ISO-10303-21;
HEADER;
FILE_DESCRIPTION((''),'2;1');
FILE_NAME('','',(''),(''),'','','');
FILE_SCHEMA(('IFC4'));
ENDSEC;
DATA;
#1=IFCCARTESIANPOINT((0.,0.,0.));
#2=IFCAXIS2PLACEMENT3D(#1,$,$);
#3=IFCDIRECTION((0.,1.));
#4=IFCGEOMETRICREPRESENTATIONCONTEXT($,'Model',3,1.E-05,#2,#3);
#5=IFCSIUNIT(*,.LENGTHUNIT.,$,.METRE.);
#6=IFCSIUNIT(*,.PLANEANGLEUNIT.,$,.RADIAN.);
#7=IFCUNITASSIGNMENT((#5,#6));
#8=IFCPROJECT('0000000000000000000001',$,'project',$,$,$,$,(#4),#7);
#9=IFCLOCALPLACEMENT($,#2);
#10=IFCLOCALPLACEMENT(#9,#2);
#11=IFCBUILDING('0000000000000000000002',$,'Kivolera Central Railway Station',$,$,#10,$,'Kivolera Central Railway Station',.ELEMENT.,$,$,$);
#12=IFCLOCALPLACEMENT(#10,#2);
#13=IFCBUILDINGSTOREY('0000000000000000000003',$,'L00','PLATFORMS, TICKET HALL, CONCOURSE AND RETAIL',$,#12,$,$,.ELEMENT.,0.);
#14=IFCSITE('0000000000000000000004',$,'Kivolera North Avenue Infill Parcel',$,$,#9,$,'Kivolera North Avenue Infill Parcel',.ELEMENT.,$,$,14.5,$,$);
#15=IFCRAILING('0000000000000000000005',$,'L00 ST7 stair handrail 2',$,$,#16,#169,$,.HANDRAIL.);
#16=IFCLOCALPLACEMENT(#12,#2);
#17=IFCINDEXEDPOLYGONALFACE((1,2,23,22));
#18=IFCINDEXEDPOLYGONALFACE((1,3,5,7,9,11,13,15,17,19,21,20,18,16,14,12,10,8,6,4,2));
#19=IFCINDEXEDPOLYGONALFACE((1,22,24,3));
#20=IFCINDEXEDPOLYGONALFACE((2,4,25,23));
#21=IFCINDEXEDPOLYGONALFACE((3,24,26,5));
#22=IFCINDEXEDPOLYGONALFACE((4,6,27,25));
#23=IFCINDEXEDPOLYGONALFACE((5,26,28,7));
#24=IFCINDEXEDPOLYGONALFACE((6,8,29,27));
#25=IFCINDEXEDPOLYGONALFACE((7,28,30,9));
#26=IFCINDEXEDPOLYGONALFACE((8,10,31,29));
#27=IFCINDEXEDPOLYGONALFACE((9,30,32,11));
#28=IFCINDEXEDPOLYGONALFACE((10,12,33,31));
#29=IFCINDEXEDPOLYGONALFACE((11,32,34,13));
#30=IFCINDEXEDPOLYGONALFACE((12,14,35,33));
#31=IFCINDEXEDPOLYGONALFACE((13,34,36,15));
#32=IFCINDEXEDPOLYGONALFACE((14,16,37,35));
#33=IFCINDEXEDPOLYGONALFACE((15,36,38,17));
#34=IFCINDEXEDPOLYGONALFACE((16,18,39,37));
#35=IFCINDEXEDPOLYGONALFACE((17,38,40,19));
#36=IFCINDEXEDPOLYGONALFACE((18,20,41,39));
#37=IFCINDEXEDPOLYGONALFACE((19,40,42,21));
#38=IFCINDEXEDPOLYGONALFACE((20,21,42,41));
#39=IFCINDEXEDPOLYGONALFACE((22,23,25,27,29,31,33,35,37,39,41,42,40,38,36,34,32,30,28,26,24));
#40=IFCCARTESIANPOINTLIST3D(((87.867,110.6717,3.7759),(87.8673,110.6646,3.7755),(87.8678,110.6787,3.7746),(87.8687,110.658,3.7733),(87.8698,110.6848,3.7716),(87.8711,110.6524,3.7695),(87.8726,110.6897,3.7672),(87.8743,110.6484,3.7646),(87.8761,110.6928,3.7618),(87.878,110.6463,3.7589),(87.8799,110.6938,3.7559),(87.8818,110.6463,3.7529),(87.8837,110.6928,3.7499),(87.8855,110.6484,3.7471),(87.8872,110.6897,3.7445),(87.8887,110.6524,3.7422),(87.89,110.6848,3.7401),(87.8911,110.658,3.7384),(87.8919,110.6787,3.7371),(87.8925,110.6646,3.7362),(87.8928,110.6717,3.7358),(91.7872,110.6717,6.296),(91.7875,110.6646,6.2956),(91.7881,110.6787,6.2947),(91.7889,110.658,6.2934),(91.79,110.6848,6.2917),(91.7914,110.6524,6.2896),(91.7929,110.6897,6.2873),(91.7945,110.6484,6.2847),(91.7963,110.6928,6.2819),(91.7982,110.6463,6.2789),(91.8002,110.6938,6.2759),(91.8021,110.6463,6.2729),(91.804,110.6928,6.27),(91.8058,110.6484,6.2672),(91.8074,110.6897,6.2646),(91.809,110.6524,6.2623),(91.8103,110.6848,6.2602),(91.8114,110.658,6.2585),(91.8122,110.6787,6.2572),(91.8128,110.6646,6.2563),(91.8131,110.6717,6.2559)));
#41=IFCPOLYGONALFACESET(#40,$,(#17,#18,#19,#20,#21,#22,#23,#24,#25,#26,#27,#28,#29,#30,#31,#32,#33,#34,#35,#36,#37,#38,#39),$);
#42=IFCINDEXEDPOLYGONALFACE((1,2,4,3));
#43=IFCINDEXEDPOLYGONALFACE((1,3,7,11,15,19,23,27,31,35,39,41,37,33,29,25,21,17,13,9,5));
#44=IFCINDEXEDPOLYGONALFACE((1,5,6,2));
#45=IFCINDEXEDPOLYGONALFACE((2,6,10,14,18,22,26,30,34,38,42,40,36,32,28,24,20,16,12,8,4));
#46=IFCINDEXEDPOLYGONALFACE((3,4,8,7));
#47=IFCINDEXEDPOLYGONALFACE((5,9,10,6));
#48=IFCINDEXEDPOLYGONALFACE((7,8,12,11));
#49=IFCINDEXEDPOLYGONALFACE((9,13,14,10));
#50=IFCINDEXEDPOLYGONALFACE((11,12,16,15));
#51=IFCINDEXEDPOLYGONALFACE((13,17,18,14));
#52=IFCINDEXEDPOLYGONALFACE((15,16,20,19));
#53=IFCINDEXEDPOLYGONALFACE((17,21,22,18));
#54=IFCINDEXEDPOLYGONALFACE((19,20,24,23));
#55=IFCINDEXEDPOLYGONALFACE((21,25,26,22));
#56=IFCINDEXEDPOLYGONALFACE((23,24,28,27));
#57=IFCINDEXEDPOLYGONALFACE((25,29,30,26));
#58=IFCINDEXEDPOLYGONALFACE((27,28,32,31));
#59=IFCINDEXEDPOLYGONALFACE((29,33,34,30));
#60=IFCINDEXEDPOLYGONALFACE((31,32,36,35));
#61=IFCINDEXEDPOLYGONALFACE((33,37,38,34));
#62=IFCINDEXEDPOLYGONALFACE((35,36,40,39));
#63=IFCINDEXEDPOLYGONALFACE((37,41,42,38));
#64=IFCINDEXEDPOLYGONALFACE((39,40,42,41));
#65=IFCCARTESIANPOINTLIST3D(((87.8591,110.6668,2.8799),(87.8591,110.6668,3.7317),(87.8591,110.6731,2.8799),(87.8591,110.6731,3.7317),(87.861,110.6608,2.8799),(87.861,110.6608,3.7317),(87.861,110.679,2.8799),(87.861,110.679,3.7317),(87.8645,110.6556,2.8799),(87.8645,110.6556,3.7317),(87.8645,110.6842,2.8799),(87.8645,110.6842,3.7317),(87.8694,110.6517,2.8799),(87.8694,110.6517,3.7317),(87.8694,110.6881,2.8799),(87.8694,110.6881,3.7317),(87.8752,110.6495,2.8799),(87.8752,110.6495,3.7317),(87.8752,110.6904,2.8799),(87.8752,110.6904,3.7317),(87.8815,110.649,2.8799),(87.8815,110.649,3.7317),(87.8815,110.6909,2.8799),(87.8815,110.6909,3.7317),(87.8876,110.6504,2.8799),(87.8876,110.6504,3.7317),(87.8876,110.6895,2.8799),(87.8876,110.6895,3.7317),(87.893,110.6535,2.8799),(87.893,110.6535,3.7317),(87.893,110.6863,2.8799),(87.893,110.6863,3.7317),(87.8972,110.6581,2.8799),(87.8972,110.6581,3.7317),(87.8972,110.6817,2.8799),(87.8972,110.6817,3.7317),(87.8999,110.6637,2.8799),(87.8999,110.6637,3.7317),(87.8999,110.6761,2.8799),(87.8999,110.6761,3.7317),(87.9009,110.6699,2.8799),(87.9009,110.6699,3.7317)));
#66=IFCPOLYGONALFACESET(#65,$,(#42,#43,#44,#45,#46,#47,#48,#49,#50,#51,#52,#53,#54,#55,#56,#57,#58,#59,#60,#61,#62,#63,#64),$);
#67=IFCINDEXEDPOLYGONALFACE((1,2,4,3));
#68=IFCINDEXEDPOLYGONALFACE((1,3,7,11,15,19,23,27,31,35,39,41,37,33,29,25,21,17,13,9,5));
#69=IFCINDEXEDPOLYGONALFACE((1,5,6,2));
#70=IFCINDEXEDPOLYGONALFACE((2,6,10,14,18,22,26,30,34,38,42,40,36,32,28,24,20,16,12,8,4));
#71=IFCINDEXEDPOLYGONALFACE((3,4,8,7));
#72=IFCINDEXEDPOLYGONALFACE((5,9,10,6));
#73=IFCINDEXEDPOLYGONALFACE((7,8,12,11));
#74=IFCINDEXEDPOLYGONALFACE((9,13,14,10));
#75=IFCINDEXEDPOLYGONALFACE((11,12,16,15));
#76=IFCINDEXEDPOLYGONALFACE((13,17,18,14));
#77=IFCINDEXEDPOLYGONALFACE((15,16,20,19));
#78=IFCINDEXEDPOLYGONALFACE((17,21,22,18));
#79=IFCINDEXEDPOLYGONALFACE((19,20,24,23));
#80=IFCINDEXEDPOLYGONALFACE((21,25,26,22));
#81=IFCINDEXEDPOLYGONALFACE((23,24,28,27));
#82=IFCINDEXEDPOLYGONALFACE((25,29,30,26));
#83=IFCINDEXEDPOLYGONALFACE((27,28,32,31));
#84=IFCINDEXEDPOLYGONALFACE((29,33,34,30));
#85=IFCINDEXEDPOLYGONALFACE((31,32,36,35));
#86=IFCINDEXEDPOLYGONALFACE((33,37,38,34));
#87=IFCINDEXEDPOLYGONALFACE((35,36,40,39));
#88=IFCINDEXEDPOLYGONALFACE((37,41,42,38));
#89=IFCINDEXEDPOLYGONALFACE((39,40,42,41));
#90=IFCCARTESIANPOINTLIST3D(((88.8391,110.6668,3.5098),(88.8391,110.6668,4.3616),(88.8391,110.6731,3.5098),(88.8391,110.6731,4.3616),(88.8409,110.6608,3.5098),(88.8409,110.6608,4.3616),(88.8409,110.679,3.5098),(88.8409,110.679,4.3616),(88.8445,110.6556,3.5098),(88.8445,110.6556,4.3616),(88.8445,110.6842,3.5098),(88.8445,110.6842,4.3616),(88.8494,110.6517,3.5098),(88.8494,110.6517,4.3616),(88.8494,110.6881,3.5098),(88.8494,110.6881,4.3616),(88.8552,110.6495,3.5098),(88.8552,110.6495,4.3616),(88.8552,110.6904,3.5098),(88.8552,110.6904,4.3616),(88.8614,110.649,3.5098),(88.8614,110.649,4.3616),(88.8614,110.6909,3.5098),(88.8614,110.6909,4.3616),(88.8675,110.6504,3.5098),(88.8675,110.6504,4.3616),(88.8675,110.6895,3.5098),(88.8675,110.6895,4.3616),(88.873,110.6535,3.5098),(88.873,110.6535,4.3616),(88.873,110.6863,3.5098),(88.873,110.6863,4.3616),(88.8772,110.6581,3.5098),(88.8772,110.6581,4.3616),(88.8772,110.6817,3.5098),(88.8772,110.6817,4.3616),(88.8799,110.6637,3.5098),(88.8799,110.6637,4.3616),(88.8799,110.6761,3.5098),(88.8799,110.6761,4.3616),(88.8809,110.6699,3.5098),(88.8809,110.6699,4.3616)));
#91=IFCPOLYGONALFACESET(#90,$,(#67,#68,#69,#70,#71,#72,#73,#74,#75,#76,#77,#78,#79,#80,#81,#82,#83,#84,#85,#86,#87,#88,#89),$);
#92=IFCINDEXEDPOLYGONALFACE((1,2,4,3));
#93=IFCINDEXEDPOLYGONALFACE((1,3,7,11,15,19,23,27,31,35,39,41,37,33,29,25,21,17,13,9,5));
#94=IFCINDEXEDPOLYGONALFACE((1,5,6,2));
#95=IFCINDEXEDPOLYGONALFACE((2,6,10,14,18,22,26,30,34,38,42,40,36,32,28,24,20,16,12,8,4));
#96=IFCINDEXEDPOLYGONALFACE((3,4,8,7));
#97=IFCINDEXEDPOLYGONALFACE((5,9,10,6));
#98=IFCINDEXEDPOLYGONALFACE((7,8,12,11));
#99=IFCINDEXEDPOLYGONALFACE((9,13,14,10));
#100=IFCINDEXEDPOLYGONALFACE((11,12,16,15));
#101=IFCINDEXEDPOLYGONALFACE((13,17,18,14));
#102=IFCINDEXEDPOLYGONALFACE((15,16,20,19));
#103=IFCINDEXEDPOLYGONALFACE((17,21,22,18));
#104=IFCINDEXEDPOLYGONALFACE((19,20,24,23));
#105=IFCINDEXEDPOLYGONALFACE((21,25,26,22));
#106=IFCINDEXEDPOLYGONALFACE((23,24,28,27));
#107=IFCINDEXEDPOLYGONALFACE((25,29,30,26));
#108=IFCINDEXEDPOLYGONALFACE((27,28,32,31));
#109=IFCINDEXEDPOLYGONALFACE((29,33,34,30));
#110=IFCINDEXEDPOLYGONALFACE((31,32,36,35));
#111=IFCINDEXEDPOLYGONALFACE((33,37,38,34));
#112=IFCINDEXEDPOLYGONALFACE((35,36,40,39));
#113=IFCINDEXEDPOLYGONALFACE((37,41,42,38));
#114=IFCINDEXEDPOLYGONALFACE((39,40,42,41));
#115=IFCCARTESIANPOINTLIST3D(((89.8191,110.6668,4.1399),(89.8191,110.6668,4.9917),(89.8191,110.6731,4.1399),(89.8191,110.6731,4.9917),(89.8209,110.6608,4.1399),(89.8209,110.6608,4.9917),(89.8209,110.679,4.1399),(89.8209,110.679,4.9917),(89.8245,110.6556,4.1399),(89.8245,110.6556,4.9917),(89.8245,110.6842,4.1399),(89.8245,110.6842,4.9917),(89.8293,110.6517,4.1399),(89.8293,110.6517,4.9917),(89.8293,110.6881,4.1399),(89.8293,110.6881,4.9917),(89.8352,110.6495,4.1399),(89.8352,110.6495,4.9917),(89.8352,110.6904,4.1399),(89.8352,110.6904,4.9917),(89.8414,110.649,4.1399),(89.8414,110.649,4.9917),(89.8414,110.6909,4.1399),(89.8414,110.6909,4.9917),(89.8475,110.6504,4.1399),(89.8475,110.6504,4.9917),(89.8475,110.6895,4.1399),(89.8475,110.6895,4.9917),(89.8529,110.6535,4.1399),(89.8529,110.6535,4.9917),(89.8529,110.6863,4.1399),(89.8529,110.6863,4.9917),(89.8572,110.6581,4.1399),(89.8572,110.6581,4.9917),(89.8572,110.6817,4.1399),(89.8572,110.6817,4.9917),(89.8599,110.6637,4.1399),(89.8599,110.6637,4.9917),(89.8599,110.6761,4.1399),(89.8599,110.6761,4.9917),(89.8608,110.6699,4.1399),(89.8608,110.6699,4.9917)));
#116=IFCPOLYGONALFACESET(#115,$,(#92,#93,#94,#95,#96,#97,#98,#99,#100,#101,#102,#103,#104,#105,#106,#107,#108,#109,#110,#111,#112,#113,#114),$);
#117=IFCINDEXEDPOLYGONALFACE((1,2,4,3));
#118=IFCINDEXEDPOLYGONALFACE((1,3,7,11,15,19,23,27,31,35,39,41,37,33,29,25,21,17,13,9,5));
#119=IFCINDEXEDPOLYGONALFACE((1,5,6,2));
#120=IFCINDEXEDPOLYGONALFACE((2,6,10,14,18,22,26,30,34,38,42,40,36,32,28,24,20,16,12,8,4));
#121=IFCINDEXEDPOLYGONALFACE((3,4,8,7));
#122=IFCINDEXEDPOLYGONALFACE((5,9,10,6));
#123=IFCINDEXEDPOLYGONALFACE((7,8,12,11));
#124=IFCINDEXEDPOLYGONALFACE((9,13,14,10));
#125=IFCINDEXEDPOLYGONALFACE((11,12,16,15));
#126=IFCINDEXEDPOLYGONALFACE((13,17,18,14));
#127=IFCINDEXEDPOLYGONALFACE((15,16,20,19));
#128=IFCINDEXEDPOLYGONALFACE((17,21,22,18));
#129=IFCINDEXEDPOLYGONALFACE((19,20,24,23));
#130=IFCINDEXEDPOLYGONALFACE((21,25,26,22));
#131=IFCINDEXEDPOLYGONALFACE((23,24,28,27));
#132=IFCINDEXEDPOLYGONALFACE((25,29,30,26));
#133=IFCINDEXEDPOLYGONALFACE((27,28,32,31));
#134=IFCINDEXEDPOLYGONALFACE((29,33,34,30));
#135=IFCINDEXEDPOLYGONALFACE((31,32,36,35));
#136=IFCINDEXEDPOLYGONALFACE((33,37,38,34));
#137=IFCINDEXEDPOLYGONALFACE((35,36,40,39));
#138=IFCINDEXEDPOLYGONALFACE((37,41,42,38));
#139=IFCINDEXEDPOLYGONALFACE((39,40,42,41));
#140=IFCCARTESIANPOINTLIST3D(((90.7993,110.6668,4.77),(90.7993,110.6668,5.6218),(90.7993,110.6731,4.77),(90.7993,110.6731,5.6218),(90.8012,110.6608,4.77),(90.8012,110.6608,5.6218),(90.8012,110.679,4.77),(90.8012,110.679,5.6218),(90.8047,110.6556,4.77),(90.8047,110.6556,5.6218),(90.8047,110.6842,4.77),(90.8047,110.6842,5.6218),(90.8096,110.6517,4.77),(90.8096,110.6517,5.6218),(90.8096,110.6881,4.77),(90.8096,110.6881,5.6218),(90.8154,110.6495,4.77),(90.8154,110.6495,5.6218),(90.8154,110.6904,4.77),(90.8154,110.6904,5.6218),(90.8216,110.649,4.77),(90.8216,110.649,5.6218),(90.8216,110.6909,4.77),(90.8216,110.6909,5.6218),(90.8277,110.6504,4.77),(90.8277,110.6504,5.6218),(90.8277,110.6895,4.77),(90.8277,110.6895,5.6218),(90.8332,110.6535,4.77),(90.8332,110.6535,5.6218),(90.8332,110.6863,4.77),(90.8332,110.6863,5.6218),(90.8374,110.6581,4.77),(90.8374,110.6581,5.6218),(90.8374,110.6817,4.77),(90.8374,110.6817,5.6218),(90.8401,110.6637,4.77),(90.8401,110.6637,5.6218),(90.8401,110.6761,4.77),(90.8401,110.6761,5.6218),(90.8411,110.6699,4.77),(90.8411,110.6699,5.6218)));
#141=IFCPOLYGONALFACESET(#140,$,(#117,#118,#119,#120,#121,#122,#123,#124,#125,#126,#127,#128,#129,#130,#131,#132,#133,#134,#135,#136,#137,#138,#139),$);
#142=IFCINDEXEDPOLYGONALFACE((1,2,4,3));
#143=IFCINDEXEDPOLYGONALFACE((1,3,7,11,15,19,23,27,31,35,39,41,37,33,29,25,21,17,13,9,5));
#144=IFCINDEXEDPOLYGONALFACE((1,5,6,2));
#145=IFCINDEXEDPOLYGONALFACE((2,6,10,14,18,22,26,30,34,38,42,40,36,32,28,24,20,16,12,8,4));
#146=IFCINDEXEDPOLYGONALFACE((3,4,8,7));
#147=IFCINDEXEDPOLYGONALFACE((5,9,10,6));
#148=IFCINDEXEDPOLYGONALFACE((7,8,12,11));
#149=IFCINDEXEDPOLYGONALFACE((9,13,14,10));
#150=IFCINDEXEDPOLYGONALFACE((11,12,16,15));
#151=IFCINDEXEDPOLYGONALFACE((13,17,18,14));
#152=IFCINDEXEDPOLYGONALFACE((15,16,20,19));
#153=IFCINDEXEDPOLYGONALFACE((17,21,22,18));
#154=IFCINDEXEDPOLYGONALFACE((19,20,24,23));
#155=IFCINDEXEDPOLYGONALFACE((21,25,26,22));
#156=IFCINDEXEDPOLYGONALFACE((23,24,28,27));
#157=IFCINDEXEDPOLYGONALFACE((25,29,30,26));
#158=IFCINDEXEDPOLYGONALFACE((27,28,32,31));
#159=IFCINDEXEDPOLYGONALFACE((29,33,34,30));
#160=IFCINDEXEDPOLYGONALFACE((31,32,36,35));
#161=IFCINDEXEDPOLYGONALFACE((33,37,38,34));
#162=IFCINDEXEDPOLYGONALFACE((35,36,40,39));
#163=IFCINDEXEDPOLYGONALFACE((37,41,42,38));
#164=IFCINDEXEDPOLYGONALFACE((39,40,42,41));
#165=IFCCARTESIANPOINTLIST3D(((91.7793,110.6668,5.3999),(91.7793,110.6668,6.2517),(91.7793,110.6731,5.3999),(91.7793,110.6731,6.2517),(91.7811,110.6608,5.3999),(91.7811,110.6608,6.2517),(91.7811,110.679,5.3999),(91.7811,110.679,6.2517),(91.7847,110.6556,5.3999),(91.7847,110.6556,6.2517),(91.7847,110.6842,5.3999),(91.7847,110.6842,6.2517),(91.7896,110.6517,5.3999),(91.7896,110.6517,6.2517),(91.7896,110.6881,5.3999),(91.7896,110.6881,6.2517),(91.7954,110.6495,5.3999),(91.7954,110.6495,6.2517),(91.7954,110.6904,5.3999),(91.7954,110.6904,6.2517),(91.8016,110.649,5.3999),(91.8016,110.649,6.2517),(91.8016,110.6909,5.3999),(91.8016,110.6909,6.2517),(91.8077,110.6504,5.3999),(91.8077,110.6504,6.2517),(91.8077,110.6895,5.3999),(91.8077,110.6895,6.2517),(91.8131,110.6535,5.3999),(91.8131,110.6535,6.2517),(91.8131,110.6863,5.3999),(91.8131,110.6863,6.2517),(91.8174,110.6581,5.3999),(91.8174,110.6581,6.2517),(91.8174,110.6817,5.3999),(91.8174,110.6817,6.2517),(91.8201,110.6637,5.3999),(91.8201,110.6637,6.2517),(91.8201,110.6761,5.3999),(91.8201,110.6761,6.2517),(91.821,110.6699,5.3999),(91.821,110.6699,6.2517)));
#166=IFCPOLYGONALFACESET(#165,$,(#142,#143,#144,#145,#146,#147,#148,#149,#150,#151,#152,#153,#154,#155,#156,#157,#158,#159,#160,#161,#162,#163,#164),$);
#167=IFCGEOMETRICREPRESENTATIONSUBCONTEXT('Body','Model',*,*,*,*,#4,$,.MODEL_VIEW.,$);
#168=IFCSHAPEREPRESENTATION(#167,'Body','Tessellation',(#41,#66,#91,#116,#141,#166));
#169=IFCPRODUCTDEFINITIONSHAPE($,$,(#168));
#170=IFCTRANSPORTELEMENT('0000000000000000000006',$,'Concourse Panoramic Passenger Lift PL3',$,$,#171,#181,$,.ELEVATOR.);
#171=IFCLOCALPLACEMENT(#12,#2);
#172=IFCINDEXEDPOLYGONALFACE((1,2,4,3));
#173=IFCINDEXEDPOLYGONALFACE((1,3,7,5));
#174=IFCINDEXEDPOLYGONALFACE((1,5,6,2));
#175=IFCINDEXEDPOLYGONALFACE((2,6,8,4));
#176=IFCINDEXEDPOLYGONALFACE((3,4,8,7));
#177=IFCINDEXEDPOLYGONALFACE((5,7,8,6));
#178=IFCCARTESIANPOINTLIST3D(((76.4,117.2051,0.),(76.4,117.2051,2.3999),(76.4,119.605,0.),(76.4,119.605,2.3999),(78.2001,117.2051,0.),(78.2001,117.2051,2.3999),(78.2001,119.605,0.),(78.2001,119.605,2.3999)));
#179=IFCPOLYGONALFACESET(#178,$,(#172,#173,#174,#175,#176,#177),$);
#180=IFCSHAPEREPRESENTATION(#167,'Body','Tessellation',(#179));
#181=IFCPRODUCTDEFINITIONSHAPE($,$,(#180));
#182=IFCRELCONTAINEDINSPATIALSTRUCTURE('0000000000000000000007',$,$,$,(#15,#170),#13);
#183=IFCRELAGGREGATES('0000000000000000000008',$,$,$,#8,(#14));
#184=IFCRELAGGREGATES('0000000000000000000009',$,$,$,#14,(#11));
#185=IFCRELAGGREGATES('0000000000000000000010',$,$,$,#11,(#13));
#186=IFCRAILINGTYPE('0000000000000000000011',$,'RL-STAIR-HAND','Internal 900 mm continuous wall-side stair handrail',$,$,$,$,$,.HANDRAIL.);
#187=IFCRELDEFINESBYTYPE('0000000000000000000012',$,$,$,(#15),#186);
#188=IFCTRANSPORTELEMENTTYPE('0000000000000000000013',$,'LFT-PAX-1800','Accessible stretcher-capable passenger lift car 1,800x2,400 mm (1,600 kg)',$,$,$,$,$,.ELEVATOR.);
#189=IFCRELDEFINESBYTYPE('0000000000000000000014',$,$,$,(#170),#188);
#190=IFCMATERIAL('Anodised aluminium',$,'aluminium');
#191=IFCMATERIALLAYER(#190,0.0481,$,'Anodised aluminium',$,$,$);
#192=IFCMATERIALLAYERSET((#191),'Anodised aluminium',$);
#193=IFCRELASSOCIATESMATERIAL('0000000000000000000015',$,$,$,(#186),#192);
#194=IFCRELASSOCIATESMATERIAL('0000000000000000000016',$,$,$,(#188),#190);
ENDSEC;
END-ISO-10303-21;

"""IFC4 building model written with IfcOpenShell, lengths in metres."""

from ifc_helpers import new_model, si_unit, direction, frame, origin, origin_2d, place, context, subcontext, project, spatial, rectangle, circle, extrude, material, layer, layer_set, type_object, element, save


model = new_model("IFC4")

# Units and contexts
model_context = context("Model", 3, precision=1e-05, world=origin(), true_north=direction((0.0, 1.0)))
body_context = subcontext(model_context, "Body", "Model", "MODEL_VIEW")
ifc_project = project(units=[si_unit("LENGTHUNIT", "METRE"), si_unit("PLANEANGLEUNIT", "RADIAN")], contexts=[model_context])

# Site, building, storey
site_placement = place(None, origin())
site = spatial("IfcSite", under=ifc_project, at=site_placement, Name="Kivolera North Avenue Infill Parcel", LongName="Kivolera North Avenue Infill Parcel", CompositionType="ELEMENT", RefElevation=14.5)
building_placement = place(site_placement, origin())
building = spatial("IfcBuilding", under=site, at=building_placement, Name="Kivolera Central Railway Station", LongName="Kivolera Central Railway Station", CompositionType="ELEMENT")
storey_placement = place(building_placement, origin())
storey = spatial("IfcBuildingStorey", under=building, at=storey_placement, Name="L00", Description="PLATFORMS, TICKET HALL, CONCOURSE AND RETAIL", CompositionType="ELEMENT", Elevation=0.0)

# Shared definitions
ifc_material_1 = material(Name="Anodised aluminium", Category="aluminium")

# Railing
ifc_layer_1 = layer(ifc_material_1, 0.0481, Name="Anodised aluminium")
ifc_layer_set_1 = layer_set([ifc_layer_1], Name="Anodised aluminium")
railing_type_1 = type_object("IfcRailingType", Name="RL-STAIR-HAND", Description="Internal 900 mm continuous wall-side stair handrail", PredefinedType="HANDRAIL", material=ifc_layer_set_1)
railing_1_placement = place(storey_placement, frame((87.8799, 110.6699, 2.8799)))
element("IfcRailing", 1, at=railing_1_placement, inside=storey, type_object=railing_type_1, Name="L00 ST7 stair handrail 2", PredefinedType="HANDRAIL", context=body_context, shape_type="SweptSolid", body=[
    extrude(circle(Radius=0.0239, at=origin_2d()), frame((0.0, 0.0, 0.876), z_axis=(0.841187, 0.0, 0.540744), x_axis=(0.0, 1.0, 0.0)), (0.0, 0.0, 1.0), 4.6604),
    extrude(circle(Radius=0.021, at=origin_2d()), origin(), (0.0, 0.0, 1.0), 0.8518),
    extrude(circle(Radius=0.021, at=origin_2d()), frame((0.98, 0.0, 0.6299)), (0.0, 0.0, 1.0), 0.8518),
    extrude(circle(Radius=0.021, at=origin_2d()), frame((1.96, 0.0, 1.26)), (0.0, 0.0, 1.0), 0.8518),
    extrude(circle(Radius=0.021, at=origin_2d()), frame((2.9402, 0.0, 1.8901)), (0.0, 0.0, 1.0), 0.8518),
    extrude(circle(Radius=0.021, at=origin_2d()), frame((3.9202, 0.0, 2.52)), (0.0, 0.0, 1.0), 0.8518),
])

# Transport element
transport_element_type = type_object("IfcTransportElementType", Name="LFT-PAX-1800", Description="Accessible stretcher-capable passenger lift car 1,800x2,400 mm (1,600 kg)", PredefinedType="ELEVATOR", material=ifc_material_1)
transport_element_placement = place(storey_placement, frame((77.3, 118.405, 0.0), z_axis=(0.0, 0.0, 1.0), x_axis=(1.0, 0.0, 0.0)))
element("IfcTransportElement", 2, at=transport_element_placement, inside=storey, type_object=transport_element_type, Name="Concourse Panoramic Passenger Lift PL3", PredefinedType="ELEVATOR", context=body_context, shape_type="SweptSolid", body=[
    extrude(rectangle(XDim=1.8, YDim=2.3999, at=origin_2d()), origin(), (0.0, 0.0, 1.0), 2.3999),
])

save(model, "model.ifc")
